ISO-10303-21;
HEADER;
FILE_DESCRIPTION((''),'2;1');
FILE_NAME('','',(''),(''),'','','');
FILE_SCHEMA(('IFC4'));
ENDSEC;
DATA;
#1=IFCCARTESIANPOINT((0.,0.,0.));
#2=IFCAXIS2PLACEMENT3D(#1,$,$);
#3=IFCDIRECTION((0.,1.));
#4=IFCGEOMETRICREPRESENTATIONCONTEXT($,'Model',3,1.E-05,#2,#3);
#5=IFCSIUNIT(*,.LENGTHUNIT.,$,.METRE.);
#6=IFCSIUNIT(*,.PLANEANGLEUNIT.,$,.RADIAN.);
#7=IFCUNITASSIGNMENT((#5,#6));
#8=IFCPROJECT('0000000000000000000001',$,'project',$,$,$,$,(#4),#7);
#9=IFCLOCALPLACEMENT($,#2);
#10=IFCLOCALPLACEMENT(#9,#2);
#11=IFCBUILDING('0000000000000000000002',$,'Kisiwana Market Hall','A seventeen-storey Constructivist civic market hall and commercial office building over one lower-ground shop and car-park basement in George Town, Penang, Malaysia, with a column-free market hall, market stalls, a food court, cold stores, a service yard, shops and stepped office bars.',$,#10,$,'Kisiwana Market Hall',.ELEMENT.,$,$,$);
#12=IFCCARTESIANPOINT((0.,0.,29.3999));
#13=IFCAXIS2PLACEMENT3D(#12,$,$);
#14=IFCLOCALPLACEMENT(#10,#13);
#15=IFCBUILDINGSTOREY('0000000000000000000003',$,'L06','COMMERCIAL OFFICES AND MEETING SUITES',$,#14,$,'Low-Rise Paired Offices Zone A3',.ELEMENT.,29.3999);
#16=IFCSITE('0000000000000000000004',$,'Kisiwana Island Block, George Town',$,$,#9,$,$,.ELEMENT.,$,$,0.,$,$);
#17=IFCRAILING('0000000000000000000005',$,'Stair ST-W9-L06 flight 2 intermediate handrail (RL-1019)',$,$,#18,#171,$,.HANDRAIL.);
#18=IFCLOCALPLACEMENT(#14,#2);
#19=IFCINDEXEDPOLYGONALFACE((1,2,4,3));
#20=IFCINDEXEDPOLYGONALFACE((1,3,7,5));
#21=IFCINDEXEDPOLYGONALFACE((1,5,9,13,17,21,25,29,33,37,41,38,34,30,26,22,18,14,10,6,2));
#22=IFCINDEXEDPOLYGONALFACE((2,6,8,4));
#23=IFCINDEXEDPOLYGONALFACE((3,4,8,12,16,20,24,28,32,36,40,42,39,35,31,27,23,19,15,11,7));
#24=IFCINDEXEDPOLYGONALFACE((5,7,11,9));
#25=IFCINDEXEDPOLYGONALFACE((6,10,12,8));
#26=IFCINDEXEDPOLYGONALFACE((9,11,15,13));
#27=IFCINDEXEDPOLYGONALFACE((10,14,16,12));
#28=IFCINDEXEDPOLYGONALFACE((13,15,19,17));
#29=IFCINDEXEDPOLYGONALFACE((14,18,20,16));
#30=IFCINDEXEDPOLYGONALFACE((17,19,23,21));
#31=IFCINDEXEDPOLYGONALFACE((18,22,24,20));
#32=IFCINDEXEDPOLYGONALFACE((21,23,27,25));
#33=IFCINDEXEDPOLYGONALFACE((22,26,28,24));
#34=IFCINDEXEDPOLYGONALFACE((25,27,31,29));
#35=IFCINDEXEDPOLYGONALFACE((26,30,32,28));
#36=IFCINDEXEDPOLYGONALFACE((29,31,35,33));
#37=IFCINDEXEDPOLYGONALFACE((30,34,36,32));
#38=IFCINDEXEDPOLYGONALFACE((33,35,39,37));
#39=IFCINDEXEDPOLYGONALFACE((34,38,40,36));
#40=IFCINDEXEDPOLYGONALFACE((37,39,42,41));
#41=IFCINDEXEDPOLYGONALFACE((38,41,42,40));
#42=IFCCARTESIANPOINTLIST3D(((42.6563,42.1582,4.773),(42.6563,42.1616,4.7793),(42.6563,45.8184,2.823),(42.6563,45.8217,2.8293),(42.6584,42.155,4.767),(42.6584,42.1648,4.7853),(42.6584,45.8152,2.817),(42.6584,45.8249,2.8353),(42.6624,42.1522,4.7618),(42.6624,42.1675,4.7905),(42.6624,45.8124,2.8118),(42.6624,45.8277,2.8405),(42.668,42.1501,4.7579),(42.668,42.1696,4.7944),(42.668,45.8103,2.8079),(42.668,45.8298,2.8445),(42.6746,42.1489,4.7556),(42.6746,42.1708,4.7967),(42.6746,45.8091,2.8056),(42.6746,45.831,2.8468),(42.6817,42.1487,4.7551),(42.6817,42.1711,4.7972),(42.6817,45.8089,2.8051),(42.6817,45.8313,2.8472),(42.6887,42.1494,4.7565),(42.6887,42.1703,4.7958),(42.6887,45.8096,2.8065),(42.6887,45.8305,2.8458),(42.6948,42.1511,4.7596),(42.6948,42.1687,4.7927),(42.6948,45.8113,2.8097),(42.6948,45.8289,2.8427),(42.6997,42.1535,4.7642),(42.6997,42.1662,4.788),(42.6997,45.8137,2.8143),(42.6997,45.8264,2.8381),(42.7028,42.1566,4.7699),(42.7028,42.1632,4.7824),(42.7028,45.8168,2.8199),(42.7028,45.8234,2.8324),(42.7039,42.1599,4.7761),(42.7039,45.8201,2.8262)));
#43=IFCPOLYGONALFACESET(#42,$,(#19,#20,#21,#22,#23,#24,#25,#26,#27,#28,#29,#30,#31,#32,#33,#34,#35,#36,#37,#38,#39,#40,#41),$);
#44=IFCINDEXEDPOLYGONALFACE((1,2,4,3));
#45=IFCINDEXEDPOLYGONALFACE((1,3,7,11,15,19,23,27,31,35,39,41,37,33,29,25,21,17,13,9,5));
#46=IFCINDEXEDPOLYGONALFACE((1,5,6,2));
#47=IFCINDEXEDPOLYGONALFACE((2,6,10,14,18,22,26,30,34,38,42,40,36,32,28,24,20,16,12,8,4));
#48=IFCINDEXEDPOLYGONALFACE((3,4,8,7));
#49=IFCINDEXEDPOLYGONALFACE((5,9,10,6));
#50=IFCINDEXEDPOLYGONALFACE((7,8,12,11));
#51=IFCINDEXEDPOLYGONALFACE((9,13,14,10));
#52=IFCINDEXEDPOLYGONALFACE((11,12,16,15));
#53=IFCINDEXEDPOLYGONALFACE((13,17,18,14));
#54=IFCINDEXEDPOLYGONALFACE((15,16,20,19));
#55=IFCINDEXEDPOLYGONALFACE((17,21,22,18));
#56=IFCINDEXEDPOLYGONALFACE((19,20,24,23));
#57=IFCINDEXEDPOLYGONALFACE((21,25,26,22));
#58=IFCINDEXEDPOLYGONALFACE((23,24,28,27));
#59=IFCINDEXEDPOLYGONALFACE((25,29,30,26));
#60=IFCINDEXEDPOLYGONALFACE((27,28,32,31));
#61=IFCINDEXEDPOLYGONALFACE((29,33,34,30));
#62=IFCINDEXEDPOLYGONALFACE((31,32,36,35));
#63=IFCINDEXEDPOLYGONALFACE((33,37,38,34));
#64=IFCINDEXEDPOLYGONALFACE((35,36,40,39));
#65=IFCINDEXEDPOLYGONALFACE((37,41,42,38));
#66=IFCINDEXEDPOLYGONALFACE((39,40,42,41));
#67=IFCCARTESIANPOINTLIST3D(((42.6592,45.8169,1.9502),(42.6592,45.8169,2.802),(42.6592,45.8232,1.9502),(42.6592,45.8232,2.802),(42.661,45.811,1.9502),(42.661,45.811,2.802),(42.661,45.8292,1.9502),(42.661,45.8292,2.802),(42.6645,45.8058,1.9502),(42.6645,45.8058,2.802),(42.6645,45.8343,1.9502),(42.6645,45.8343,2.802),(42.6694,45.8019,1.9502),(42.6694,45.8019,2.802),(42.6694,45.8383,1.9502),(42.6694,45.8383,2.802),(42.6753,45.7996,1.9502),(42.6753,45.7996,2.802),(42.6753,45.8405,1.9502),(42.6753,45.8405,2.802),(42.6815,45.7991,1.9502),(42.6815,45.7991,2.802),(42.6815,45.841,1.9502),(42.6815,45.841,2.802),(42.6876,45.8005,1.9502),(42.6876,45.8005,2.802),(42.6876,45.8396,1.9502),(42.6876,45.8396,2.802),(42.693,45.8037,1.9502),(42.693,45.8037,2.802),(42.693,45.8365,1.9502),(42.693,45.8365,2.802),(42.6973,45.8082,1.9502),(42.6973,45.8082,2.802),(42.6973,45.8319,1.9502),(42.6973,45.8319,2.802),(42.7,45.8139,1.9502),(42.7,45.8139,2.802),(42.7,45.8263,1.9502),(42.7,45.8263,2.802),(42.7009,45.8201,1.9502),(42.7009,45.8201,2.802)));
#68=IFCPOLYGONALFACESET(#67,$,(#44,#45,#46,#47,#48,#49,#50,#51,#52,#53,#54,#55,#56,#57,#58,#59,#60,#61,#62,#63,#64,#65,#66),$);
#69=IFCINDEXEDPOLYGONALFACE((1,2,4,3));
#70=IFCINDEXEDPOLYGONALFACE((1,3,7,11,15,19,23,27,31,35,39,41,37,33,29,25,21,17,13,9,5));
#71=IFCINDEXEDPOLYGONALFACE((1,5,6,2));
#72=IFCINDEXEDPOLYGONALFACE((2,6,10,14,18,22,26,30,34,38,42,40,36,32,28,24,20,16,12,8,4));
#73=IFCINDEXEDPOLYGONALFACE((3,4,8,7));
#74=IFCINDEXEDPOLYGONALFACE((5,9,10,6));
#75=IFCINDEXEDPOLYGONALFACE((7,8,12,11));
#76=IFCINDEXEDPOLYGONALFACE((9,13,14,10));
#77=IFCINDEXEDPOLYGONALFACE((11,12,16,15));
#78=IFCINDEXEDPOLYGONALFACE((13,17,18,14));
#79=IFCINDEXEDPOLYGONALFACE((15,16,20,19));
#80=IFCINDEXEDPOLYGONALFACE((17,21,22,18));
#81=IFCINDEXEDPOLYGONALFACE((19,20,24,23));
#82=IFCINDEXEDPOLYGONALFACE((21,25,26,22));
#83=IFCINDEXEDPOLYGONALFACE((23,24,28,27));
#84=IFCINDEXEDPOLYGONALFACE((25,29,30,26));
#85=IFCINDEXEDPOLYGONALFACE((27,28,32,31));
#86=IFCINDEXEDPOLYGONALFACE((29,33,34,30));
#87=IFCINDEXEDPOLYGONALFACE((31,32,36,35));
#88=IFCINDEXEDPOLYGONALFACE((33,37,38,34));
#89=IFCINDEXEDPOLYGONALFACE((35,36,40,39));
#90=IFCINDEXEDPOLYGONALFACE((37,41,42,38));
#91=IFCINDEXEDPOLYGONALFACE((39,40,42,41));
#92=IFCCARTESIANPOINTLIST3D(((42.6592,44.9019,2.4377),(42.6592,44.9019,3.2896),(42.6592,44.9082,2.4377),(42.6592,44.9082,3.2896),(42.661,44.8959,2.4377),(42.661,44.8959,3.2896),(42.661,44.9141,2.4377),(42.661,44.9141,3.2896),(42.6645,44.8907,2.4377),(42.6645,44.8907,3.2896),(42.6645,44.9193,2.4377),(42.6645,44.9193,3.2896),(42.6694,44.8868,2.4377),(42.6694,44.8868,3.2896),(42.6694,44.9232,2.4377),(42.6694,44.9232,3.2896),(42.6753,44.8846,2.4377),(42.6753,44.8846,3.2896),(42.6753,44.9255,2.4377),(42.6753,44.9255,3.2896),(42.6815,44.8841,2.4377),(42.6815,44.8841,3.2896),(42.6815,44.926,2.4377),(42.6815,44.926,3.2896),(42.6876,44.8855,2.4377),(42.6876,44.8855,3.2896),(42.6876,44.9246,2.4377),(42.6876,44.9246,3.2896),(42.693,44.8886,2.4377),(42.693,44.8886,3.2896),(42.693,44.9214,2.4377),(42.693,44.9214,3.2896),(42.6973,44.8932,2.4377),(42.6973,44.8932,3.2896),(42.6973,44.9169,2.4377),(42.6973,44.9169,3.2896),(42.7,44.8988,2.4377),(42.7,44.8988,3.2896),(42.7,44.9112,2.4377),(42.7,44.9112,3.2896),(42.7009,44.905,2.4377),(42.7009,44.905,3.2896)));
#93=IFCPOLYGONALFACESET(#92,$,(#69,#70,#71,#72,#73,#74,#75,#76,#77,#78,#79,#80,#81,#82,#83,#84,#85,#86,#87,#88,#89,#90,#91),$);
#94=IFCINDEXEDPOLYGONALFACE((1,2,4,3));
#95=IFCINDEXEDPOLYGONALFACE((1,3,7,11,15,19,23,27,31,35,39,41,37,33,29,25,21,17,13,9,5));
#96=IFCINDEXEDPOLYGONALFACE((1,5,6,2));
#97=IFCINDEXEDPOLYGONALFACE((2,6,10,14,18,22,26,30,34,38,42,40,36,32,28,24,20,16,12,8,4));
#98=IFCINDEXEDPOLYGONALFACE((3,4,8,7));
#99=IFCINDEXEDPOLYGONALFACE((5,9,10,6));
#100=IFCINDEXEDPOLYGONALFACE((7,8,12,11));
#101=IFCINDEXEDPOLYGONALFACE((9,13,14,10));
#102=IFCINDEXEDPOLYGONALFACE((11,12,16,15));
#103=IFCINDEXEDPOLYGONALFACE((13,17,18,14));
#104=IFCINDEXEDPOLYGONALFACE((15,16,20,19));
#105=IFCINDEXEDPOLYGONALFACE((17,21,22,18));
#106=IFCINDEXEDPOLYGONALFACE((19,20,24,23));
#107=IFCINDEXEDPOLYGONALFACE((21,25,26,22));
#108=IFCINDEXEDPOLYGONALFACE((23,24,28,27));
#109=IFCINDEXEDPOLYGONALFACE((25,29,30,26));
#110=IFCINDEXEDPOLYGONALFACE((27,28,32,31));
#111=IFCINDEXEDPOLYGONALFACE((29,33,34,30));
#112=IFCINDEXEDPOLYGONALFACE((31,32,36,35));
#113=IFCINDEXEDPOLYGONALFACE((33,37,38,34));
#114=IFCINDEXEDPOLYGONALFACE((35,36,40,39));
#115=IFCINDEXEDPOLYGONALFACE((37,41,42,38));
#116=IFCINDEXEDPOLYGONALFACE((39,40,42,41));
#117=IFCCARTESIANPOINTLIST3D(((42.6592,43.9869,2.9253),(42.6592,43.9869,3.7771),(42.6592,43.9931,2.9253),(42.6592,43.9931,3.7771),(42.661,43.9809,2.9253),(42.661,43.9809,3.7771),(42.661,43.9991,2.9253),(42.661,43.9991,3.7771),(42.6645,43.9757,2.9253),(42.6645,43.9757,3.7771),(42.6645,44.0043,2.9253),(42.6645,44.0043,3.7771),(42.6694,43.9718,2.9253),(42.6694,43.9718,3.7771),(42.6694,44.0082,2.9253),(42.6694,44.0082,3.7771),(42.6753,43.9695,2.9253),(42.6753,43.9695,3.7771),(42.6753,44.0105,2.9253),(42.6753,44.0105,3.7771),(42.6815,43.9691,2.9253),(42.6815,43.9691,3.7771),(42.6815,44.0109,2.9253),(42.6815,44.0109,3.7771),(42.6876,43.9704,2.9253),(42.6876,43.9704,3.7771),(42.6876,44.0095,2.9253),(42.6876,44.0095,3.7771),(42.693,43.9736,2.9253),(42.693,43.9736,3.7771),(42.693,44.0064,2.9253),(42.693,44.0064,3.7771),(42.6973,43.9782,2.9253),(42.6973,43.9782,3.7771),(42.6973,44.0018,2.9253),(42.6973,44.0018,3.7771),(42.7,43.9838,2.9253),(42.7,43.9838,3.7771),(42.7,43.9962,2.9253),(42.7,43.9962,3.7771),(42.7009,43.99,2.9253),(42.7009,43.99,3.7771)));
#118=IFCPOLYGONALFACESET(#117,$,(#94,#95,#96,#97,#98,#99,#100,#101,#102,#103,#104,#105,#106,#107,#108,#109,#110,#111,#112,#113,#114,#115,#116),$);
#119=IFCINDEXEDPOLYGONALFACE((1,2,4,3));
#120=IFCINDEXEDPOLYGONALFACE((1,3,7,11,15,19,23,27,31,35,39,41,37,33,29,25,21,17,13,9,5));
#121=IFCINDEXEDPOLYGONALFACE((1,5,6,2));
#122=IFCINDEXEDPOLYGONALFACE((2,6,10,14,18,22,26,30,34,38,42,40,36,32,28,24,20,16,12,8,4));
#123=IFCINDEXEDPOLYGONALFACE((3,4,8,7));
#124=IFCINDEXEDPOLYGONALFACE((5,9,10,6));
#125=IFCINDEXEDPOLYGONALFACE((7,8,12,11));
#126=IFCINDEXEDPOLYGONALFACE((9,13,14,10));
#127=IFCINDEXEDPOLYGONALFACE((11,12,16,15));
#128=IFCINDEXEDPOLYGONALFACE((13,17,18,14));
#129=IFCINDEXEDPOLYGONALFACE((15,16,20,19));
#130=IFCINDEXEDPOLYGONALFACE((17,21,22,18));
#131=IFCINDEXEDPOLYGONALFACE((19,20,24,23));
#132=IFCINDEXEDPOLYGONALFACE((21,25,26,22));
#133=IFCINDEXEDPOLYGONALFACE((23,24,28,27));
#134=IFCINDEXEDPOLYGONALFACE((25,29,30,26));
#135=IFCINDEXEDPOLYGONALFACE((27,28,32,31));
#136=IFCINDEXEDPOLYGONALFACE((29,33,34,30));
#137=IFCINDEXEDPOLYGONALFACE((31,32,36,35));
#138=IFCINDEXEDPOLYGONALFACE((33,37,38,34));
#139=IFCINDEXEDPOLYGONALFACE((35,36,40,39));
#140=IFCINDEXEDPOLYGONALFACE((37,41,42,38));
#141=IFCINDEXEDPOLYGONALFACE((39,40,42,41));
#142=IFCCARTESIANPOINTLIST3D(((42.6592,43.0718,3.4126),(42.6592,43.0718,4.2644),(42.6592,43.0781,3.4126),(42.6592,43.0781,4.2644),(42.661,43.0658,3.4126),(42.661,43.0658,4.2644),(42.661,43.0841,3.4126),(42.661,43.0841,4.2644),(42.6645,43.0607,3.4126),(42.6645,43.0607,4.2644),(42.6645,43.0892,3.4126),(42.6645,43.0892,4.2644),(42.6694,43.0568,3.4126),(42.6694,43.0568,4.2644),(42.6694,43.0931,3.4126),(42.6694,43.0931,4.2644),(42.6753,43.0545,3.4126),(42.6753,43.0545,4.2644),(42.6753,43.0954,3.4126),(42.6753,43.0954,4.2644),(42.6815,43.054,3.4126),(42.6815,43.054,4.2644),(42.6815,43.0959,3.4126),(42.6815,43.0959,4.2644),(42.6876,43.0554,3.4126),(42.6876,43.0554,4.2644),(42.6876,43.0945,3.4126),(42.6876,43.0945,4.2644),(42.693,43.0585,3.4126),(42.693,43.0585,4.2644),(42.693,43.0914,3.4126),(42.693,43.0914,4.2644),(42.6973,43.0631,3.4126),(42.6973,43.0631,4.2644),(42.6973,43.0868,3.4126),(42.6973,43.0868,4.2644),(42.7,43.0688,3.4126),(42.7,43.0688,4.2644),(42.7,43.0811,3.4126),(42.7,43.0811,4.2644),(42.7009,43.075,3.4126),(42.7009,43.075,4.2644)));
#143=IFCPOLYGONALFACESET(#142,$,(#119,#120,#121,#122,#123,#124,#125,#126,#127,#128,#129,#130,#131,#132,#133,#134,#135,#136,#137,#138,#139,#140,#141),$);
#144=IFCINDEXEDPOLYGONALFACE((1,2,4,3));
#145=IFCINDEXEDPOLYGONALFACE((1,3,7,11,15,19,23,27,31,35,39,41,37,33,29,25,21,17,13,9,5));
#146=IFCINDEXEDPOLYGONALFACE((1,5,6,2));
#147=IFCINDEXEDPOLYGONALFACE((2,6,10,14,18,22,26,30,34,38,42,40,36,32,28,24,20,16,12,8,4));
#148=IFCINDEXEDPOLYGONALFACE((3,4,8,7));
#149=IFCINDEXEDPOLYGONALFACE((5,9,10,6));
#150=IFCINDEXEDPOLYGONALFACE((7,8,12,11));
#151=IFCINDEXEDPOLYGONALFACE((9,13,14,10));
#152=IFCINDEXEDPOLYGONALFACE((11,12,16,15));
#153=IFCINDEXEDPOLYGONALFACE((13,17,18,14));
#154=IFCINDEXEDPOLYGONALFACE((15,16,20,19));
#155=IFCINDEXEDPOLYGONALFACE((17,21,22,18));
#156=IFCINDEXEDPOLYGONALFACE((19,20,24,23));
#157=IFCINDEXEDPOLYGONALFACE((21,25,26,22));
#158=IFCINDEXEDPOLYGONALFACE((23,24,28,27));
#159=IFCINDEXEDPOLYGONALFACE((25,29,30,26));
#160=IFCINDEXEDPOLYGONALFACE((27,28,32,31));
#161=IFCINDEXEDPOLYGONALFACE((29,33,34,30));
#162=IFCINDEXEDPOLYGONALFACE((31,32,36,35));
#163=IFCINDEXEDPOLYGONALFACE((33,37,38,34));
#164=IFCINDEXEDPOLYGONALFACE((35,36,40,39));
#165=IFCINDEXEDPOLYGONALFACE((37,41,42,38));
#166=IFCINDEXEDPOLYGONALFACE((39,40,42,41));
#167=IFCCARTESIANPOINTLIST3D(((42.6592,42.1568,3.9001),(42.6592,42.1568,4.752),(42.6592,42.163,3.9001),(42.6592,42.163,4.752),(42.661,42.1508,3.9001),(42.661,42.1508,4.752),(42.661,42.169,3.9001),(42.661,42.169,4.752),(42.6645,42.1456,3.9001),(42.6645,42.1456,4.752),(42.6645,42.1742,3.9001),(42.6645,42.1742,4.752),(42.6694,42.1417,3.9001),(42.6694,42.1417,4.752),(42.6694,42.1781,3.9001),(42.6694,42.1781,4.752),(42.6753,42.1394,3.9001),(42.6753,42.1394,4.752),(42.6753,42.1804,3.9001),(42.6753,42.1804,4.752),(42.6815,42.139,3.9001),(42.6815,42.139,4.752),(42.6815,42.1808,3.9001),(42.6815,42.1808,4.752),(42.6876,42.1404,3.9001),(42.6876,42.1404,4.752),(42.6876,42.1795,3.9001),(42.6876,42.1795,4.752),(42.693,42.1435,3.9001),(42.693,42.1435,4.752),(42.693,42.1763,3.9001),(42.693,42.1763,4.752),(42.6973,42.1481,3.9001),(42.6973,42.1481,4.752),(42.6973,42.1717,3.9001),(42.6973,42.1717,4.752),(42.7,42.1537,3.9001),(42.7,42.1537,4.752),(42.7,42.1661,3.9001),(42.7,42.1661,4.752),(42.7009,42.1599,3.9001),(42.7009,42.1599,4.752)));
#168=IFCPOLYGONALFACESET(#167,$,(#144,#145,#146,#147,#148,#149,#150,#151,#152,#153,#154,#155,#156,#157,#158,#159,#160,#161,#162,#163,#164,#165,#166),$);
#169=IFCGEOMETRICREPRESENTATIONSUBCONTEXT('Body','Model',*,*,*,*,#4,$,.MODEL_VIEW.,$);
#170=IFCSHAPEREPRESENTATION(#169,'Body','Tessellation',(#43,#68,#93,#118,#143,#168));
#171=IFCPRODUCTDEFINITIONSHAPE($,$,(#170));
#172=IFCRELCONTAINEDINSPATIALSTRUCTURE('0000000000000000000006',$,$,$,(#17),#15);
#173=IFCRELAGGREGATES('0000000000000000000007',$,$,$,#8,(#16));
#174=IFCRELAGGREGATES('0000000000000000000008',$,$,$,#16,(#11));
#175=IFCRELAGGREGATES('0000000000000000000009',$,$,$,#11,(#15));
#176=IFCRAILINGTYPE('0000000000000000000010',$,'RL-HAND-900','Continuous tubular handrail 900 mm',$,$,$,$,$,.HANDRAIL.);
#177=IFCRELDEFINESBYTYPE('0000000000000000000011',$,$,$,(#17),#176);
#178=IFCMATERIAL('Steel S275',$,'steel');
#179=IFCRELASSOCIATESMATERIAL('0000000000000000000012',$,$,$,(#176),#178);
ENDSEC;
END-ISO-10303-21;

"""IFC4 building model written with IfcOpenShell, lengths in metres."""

from ifc_helpers import new_model, si_unit, direction, frame, origin, origin_2d, place, context, subcontext, project, spatial, circle, extrude, material, type_object, element, save


model = new_model("IFC4")

# Units and contexts
model_context = context("Model", 3, precision=1e-05, world=origin(), true_north=direction((0.0, 1.0)))
body_context = subcontext(model_context, "Body", "Model", "MODEL_VIEW")
ifc_project = project(units=[si_unit("LENGTHUNIT", "METRE"), si_unit("PLANEANGLEUNIT", "RADIAN")], contexts=[model_context])

# Site, building, storey
site_placement = place(None, origin())
site = spatial("IfcSite", under=ifc_project, at=site_placement, Name="Kisiwana Island Block, George Town", CompositionType="ELEMENT", RefElevation=0.0)
building_placement = place(site_placement, origin())
building = spatial("IfcBuilding", under=site, at=building_placement, Name="Kisiwana Market Hall", Description="A seventeen-storey Constructivist civic market hall and commercial office building over one lower-ground shop and car-park basement in George Town, Penang, Malaysia, with a column-free market hall, market stalls, a food court, cold stores, a service yard, shops and stepped office bars.", LongName="Kisiwana Market Hall", CompositionType="ELEMENT")
storey_placement = place(building_placement, frame((0.0, 0.0, 29.3999)))
storey = spatial("IfcBuildingStorey", under=building, at=storey_placement, Name="L06", Description="COMMERCIAL OFFICES AND MEETING SUITES", LongName="Low-Rise Paired Offices Zone A3", CompositionType="ELEMENT", Elevation=29.3999)

# Railing
ifc_material_1 = material(Name="Steel S275", Category="steel")
railing_type_1 = type_object("IfcRailingType", Name="RL-HAND-900", Description="Continuous tubular handrail 900 mm", PredefinedType="HANDRAIL", material=ifc_material_1)
railing_1_placement = place(storey_placement, frame((42.6799, 45.8201, 1.9502)))
element("IfcRailing", 1, at=railing_1_placement, inside=storey, type_object=railing_type_1, Name="Stair ST-W9-L06 flight 2 intermediate handrail (RL-1019)", PredefinedType="HANDRAIL", context=body_context, shape_type="SweptSolid", body=[
    extrude(circle(Radius=0.0239, at=origin_2d()), frame((0.0, 0.0, 0.876), z_axis=(0.0, -0.882566, 0.470188), x_axis=(1.0, 0.0, 0.0)), (0.0, 0.0, 1.0), 4.1472),
    extrude(circle(Radius=0.021, at=origin_2d()), origin(), (0.0, 0.0, 1.0), 0.8518),
    extrude(circle(Radius=0.021, at=origin_2d()), frame((0.0, -0.915, 0.4875)), (0.0, 0.0, 1.0), 0.8518),
    extrude(circle(Radius=0.021, at=origin_2d()), frame((0.0, -1.8301, 0.9751)), (0.0, 0.0, 1.0), 0.8518),
    extrude(circle(Radius=0.021, at=origin_2d()), frame((0.0, -2.7451, 1.4624)), (0.0, 0.0, 1.0), 0.8518),
    extrude(circle(Radius=0.021, at=origin_2d()), frame((0.0, -3.6602, 1.95)), (0.0, 0.0, 1.0), 0.8518),
])

save(model, "model.ifc")
